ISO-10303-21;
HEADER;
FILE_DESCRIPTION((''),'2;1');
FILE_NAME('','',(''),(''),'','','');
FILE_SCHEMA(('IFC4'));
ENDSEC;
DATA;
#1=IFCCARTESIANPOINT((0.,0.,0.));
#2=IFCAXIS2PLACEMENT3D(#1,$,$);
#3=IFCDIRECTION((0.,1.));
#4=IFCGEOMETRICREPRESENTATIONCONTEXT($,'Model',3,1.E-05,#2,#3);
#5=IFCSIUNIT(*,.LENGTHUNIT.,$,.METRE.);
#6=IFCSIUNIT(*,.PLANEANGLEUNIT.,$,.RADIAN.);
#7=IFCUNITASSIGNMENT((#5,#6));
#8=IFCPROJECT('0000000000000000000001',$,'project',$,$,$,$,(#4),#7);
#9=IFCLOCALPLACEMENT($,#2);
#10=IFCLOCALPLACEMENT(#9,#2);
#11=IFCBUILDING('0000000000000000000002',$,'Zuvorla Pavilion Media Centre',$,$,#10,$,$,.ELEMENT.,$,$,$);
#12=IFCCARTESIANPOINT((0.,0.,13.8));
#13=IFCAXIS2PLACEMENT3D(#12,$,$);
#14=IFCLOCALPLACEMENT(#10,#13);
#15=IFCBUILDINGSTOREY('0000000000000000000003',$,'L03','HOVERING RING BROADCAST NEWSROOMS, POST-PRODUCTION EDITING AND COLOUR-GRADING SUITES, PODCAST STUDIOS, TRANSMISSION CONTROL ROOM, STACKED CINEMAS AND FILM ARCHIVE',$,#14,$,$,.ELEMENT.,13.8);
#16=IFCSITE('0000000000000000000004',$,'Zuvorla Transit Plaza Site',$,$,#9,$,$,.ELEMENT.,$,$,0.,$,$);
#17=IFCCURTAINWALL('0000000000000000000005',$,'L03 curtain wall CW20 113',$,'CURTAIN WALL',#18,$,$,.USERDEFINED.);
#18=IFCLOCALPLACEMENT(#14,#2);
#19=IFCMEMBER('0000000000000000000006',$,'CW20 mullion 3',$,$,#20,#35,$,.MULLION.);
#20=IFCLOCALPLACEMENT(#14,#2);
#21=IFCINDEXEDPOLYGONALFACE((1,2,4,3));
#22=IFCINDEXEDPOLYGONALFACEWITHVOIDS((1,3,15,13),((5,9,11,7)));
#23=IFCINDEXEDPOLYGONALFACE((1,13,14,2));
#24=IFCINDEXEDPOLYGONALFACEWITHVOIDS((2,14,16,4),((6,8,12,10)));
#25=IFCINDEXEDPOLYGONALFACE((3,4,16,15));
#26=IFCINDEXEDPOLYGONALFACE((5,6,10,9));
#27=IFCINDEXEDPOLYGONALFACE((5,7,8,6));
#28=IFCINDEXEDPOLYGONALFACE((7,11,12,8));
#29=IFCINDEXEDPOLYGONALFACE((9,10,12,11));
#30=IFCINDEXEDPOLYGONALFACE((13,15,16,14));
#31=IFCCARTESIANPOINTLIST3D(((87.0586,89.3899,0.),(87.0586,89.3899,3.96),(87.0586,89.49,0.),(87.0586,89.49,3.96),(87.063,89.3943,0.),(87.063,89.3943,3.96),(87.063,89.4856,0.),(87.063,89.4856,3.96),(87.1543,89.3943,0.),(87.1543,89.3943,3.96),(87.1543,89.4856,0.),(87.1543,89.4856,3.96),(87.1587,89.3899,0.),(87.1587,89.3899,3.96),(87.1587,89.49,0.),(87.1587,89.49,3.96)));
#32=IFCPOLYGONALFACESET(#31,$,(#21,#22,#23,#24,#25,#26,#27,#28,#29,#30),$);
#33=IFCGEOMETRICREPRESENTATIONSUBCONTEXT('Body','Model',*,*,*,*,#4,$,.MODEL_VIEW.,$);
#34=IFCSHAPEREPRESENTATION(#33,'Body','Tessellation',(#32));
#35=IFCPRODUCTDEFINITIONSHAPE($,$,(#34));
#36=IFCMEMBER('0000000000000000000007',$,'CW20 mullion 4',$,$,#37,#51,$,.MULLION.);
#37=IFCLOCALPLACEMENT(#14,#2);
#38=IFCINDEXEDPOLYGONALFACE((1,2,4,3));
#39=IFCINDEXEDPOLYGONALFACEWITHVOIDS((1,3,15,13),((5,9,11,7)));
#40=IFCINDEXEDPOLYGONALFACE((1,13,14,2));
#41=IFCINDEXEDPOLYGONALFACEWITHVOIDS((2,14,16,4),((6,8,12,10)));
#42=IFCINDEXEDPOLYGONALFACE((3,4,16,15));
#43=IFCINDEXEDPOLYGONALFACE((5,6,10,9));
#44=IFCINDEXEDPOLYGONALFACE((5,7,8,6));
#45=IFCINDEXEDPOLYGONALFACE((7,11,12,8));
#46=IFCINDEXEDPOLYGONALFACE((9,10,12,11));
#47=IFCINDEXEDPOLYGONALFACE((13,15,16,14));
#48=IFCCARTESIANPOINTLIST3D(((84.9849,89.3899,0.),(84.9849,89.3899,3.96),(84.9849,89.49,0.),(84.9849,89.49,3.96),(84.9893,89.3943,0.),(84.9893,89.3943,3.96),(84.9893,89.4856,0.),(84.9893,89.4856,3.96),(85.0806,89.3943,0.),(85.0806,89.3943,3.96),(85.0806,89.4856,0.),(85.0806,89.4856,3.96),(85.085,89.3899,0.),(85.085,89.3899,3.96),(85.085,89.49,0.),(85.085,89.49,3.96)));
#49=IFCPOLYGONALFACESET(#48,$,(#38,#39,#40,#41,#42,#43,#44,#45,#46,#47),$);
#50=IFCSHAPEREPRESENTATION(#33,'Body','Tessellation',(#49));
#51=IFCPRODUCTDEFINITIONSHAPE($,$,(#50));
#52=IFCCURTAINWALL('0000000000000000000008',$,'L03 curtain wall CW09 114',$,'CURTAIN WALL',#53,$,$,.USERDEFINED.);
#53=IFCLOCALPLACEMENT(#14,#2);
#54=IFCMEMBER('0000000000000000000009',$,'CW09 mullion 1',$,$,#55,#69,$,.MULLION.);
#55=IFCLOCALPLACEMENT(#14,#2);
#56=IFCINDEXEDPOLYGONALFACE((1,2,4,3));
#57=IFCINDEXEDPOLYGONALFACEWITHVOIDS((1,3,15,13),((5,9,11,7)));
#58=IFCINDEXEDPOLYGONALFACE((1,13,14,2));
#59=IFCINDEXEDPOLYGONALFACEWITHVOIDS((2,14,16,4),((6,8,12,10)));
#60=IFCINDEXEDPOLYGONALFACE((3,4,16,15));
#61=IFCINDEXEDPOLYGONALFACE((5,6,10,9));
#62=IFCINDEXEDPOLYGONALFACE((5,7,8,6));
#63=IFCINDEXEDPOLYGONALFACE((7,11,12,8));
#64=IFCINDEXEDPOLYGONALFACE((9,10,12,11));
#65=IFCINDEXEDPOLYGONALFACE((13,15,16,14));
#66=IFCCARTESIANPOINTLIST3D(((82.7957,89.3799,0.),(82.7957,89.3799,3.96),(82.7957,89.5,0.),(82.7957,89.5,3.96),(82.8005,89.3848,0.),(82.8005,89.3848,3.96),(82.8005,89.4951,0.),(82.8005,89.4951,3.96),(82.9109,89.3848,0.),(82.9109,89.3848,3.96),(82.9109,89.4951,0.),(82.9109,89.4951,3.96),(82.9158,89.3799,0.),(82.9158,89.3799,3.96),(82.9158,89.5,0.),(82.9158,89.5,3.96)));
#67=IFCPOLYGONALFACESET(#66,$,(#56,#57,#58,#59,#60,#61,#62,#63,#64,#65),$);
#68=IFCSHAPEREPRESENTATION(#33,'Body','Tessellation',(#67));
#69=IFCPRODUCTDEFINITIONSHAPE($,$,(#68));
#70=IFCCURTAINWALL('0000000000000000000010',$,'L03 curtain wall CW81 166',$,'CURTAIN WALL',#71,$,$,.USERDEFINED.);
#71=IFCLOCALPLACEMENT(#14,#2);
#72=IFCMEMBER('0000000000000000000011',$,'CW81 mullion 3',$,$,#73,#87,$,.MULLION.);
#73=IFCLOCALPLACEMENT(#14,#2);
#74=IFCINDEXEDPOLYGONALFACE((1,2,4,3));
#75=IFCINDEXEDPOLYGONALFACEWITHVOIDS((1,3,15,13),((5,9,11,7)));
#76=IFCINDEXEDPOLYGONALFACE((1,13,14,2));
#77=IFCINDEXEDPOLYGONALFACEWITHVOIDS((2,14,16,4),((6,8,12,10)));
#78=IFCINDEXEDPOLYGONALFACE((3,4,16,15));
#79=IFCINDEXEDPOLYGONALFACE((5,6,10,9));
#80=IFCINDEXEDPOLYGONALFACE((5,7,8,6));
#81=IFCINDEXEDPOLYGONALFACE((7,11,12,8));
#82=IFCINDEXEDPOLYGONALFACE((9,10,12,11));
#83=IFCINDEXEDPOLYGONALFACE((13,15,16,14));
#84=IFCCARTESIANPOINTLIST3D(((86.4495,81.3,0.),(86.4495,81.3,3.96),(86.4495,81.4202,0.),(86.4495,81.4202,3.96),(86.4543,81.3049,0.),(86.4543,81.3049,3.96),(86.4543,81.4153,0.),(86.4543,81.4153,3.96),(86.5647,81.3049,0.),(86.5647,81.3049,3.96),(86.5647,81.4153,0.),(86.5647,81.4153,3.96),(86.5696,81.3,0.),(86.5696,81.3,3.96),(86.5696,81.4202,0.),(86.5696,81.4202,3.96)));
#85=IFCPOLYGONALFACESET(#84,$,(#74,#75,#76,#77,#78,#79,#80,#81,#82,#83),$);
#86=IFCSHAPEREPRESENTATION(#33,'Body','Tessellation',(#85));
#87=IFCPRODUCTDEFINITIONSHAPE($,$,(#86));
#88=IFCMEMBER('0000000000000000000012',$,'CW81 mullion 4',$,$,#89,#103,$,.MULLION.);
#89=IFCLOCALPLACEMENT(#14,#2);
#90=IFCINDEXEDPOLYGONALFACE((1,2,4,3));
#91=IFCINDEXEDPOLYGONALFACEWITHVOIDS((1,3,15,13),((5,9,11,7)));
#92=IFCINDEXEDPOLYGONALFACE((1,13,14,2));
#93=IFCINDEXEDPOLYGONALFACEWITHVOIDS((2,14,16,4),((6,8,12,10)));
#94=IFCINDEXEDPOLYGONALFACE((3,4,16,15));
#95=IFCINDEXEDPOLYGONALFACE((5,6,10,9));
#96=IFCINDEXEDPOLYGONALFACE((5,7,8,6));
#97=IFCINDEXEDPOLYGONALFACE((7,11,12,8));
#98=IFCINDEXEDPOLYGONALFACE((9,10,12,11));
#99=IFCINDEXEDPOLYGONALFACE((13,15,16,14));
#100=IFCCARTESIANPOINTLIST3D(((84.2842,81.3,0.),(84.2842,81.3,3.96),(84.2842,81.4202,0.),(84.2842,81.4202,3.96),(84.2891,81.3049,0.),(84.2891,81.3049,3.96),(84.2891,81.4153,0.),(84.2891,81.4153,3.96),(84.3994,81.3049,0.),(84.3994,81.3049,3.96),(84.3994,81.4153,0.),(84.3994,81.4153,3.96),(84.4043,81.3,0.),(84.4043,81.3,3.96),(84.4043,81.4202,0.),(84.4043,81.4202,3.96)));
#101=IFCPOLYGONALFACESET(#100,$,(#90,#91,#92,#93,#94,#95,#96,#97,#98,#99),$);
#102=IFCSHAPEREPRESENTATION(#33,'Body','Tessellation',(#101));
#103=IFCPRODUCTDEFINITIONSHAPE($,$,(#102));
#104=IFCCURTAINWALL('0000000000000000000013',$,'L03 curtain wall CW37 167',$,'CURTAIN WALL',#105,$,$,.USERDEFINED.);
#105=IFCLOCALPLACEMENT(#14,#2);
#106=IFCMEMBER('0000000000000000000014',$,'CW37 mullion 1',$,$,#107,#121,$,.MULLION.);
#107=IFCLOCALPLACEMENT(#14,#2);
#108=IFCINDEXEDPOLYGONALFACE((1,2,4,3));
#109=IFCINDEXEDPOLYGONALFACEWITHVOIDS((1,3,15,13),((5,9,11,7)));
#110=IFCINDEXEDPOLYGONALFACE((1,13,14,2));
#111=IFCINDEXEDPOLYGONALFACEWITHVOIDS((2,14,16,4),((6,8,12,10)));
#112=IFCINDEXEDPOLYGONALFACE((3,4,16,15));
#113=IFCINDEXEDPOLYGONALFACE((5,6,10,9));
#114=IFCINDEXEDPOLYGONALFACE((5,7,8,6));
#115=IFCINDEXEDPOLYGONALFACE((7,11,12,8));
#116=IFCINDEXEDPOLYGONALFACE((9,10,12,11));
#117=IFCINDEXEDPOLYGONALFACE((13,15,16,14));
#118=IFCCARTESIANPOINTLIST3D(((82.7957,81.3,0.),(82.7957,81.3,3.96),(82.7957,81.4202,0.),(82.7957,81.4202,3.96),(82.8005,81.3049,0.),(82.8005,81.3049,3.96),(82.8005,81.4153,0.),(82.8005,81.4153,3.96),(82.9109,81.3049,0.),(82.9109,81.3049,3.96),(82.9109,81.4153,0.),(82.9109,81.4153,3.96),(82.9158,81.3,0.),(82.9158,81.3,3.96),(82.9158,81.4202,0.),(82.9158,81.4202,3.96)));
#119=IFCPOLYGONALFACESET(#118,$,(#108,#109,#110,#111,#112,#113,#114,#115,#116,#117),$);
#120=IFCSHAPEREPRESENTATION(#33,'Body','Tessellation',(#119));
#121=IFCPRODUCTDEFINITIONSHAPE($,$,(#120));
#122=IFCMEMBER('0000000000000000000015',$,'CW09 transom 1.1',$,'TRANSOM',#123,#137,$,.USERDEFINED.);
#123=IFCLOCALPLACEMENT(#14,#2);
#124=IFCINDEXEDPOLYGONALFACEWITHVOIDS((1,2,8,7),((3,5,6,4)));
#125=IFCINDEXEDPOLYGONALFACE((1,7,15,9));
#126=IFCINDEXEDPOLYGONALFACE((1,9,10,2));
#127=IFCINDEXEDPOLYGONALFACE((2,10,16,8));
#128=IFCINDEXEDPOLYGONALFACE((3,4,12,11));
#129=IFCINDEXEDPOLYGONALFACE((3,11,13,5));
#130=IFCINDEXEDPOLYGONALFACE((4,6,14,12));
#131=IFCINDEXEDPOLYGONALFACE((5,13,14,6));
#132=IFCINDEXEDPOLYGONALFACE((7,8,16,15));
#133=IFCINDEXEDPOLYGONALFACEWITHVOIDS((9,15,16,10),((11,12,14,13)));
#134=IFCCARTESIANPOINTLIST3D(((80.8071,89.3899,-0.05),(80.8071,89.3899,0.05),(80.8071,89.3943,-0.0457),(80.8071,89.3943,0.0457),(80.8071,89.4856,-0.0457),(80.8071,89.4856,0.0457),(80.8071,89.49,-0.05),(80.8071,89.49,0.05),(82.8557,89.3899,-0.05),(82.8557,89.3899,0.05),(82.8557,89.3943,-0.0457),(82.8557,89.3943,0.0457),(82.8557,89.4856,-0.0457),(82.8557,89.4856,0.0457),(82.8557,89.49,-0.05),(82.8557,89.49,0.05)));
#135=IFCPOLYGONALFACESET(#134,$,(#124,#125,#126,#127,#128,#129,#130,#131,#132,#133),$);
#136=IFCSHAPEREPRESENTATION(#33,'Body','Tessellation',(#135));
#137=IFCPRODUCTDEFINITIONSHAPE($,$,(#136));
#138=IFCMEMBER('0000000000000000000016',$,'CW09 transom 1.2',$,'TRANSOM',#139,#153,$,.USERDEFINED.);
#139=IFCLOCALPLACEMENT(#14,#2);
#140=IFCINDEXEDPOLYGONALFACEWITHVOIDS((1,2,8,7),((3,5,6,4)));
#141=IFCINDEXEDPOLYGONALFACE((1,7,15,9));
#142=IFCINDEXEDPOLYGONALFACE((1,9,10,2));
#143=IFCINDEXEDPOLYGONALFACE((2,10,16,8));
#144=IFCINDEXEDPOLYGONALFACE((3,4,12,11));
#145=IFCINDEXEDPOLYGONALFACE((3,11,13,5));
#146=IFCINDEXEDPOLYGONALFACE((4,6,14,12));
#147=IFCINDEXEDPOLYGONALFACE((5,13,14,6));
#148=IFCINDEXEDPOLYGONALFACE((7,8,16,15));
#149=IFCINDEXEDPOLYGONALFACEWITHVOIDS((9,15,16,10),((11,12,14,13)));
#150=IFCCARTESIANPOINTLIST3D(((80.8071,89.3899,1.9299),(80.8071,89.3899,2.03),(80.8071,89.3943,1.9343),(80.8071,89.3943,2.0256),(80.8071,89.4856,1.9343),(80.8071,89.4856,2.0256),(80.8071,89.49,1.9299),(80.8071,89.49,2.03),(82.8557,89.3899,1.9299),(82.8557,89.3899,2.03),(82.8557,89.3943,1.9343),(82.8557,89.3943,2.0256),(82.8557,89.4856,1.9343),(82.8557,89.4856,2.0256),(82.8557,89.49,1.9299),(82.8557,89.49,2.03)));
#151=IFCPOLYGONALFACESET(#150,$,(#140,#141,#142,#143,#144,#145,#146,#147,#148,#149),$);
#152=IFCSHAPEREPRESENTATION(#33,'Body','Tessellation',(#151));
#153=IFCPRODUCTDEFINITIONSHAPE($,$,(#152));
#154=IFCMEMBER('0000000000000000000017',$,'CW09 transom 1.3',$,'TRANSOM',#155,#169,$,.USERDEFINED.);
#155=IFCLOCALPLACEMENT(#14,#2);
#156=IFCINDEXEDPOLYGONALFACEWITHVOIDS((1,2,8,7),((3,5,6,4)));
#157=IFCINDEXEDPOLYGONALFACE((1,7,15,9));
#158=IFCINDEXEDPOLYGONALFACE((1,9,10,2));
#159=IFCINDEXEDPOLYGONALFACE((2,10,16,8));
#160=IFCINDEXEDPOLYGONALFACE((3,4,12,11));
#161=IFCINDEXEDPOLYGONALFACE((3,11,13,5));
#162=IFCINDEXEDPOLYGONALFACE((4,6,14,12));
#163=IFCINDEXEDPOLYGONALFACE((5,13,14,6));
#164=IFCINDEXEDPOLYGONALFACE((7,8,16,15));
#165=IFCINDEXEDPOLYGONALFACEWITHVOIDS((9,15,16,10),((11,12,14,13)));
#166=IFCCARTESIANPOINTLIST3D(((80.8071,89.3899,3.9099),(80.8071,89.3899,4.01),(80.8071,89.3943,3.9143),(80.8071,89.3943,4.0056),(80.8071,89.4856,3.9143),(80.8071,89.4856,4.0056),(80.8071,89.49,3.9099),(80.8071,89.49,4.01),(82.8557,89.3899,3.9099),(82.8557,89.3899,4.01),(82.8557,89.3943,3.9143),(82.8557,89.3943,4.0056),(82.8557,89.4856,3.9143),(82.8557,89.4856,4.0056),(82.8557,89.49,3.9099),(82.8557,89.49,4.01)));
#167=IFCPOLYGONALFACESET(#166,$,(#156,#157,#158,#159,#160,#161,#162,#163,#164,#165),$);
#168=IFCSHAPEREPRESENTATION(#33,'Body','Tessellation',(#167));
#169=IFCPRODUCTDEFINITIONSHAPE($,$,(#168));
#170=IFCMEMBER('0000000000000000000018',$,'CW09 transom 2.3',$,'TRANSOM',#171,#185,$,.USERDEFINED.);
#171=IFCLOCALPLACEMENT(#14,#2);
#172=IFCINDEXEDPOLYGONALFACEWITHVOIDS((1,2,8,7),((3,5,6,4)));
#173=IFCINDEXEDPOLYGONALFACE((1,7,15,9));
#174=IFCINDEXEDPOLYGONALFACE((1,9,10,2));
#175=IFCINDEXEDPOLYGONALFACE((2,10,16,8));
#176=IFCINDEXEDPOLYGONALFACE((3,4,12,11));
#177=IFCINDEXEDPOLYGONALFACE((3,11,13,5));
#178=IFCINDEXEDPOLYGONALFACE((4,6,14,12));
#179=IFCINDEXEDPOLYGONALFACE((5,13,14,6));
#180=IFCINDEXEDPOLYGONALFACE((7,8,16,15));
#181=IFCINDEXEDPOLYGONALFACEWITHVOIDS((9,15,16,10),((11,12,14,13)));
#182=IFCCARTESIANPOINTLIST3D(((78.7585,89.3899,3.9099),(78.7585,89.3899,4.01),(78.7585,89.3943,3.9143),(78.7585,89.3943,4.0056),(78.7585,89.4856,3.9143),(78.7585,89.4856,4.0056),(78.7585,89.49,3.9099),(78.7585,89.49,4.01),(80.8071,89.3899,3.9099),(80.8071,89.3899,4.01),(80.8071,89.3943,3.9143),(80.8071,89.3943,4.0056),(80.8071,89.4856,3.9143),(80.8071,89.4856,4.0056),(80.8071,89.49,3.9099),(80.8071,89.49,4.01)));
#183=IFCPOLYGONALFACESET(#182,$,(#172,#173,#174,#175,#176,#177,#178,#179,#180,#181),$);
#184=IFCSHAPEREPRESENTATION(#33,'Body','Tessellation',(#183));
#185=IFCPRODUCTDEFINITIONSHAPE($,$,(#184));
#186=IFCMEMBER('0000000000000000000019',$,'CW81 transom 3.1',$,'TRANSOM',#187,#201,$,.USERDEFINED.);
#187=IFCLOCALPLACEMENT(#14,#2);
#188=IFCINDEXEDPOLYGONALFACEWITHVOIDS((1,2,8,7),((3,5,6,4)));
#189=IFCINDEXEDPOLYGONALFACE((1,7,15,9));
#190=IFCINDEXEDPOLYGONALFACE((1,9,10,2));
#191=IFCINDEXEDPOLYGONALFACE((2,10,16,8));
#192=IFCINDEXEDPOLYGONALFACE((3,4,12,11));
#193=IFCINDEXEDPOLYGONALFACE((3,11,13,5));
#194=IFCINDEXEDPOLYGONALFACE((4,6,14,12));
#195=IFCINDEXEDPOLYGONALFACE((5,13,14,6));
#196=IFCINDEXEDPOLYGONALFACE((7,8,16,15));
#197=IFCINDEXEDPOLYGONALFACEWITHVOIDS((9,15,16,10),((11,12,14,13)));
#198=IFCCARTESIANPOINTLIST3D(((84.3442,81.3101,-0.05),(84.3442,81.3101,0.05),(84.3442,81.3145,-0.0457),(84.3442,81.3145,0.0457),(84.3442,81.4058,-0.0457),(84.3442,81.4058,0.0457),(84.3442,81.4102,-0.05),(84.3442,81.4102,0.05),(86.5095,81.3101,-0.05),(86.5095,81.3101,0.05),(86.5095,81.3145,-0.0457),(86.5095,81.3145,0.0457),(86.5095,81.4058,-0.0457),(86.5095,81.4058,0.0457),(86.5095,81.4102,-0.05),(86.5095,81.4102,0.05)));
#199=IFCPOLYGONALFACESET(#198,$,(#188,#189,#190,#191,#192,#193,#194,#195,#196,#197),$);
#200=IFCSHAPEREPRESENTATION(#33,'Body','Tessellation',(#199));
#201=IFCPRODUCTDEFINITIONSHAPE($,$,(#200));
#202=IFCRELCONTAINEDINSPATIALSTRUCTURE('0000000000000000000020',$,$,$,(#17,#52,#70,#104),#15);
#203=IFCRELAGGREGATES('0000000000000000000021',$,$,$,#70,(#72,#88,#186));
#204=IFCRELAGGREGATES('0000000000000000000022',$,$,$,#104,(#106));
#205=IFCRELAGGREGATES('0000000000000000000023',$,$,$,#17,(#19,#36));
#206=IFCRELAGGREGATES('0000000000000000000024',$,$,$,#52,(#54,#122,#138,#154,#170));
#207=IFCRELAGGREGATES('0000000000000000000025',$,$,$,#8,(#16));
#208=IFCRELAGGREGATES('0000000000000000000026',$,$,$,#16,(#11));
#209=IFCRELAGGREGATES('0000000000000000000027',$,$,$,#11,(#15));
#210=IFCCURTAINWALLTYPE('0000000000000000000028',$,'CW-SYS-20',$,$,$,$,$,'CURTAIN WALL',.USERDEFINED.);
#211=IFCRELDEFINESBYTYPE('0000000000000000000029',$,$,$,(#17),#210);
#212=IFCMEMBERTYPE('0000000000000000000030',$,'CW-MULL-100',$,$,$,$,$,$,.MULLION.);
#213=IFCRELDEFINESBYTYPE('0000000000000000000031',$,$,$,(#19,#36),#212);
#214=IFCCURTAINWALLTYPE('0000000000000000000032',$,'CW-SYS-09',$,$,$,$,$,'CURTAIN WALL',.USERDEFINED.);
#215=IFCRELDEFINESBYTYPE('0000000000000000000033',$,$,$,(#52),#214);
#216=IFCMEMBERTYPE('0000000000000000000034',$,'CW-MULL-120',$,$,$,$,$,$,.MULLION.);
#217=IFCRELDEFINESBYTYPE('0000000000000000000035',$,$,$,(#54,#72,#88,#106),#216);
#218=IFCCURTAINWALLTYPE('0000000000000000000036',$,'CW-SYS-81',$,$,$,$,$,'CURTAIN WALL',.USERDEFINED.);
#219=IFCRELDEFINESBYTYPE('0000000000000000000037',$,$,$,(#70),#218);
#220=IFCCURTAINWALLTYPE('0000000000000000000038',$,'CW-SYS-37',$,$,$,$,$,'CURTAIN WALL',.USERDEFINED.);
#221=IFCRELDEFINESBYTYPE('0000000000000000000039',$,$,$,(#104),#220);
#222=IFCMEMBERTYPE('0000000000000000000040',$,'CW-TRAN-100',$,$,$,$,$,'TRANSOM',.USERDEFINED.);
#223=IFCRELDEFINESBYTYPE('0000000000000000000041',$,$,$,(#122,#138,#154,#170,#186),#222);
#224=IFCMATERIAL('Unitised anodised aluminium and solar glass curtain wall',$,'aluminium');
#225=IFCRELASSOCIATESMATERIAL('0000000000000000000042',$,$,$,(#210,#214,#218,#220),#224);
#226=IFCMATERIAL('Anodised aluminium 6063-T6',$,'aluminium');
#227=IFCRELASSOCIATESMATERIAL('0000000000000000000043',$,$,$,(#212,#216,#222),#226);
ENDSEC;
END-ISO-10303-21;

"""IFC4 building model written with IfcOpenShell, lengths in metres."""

from ifc_helpers import new_model, si_unit, direction, frame, origin, origin_2d, place, context, subcontext, project, spatial, hollow_rectangle, extrude, material, material_profile, profile_set, type_object, element, aggregate, save


model = new_model("IFC4")

# Units and contexts
model_context = context("Model", 3, precision=1e-05, world=origin(), true_north=direction((0.0, 1.0)))
body_context = subcontext(model_context, "Body", "Model", "MODEL_VIEW")
ifc_project = project(units=[si_unit("LENGTHUNIT", "METRE"), si_unit("PLANEANGLEUNIT", "RADIAN")], contexts=[model_context])

# Site, building, storey
site_placement = place(None, origin())
site = spatial("IfcSite", under=ifc_project, at=site_placement, Name="Zuvorla Transit Plaza Site", CompositionType="ELEMENT", RefElevation=0.0)
building_placement = place(site_placement, origin())
building = spatial("IfcBuilding", under=site, at=building_placement, Name="Zuvorla Pavilion Media Centre", CompositionType="ELEMENT")
storey_placement = place(building_placement, frame((0.0, 0.0, 13.8)))
storey = spatial("IfcBuildingStorey", under=building, at=storey_placement, Name="L03", Description="HOVERING RING BROADCAST NEWSROOMS, POST-PRODUCTION EDITING AND COLOUR-GRADING SUITES, PODCAST STUDIOS, TRANSMISSION CONTROL ROOM, STACKED CINEMAS AND FILM ARCHIVE", CompositionType="ELEMENT", Elevation=13.8)

# Curtain wall, members
ifc_material_1 = material(Name="Unitised anodised aluminium and solar glass curtain wall", Category="aluminium")
curtain_wall_type_1 = type_object("IfcCurtainWallType", Name="CW-SYS-20", ElementType="CURTAIN WALL", PredefinedType="USERDEFINED", material=ifc_material_1)
curtain_wall_1_placement = place(storey_placement, origin())
curtain_wall_1 = element("IfcCurtainWall", 1, at=curtain_wall_1_placement, inside=storey, type_object=curtain_wall_type_1, Name="L03 curtain wall CW20 113", ObjectType="CURTAIN WALL", PredefinedType="USERDEFINED")
ifc_material_2 = material(Name="Anodised aluminium 6063-T6", Category="aluminium")
ifc_material_profile_1 = material_profile(ifc_material_2, hollow_rectangle(XDim=0.1001, YDim=0.1001, WallThickness=0.0044, at=origin_2d()), Name="ALU MULL 100x100")
ifc_profile_set_1 = profile_set([ifc_material_profile_1], Name="Anodised aluminium 6063-T6")
member_type_1 = type_object("IfcMemberType", Name="CW-MULL-100", PredefinedType="MULLION", material=ifc_profile_set_1)
member_1_placement = place(storey_placement, frame((87.1086, 89.4399, 0.0), z_axis=(0.0, 0.0, 1.0), x_axis=(1.0, 0.0, 0.0)))
member_1 = element("IfcMember", 2, at=member_1_placement, type_object=member_type_1, Name="CW20 mullion 3", PredefinedType="MULLION", context=body_context, shape_type="SweptSolid", body=[
    extrude(hollow_rectangle(XDim=0.1001, YDim=0.1001, WallThickness=0.0044, at=origin_2d()), origin(), (0.0, 0.0, 1.0), 3.96),
])
member_2_placement = place(storey_placement, frame((85.0349, 89.4399, 0.0), z_axis=(0.0, 0.0, 1.0), x_axis=(1.0, 0.0, 0.0)))
member_2 = element("IfcMember", 3, at=member_2_placement, type_object=member_type_1, Name="CW20 mullion 4", PredefinedType="MULLION", context=body_context, shape_type="SweptSolid", body=[
    extrude(hollow_rectangle(XDim=0.1001, YDim=0.1001, WallThickness=0.0044, at=origin_2d()), origin(), (0.0, 0.0, 1.0), 3.96),
])

# Curtain wall, member
curtain_wall_type_2 = type_object("IfcCurtainWallType", Name="CW-SYS-09", ElementType="CURTAIN WALL", PredefinedType="USERDEFINED", material=ifc_material_1)
curtain_wall_2_placement = place(storey_placement, origin())
curtain_wall_2 = element("IfcCurtainWall", 4, at=curtain_wall_2_placement, inside=storey, type_object=curtain_wall_type_2, Name="L03 curtain wall CW09 114", ObjectType="CURTAIN WALL", PredefinedType="USERDEFINED")
ifc_material_profile_2 = material_profile(ifc_material_2, hollow_rectangle(XDim=0.1201, YDim=0.1201, WallThickness=0.0049, at=origin_2d()), Name="ALU MULL 120x120")
ifc_profile_set_2 = profile_set([ifc_material_profile_2], Name="Anodised aluminium 6063-T6")
member_type_2 = type_object("IfcMemberType", Name="CW-MULL-120", PredefinedType="MULLION", material=ifc_profile_set_2)
member_3_placement = place(storey_placement, frame((82.8557, 89.4399, 0.0), z_axis=(0.0, 0.0, 1.0), x_axis=(1.0, 0.0, 0.0)))
member_3 = element("IfcMember", 5, at=member_3_placement, type_object=member_type_2, Name="CW09 mullion 1", PredefinedType="MULLION", context=body_context, shape_type="SweptSolid", body=[
    extrude(hollow_rectangle(XDim=0.1201, YDim=0.1201, WallThickness=0.0049, at=origin_2d()), origin(), (0.0, 0.0, 1.0), 3.96),
])

# Curtain wall, members
curtain_wall_type_3 = type_object("IfcCurtainWallType", Name="CW-SYS-81", ElementType="CURTAIN WALL", PredefinedType="USERDEFINED", material=ifc_material_1)
curtain_wall_3_placement = place(storey_placement, origin())
curtain_wall_3 = element("IfcCurtainWall", 6, at=curtain_wall_3_placement, inside=storey, type_object=curtain_wall_type_3, Name="L03 curtain wall CW81 166", ObjectType="CURTAIN WALL", PredefinedType="USERDEFINED")
member_4_placement = place(storey_placement, frame((86.5095, 81.3601, 0.0), z_axis=(0.0, 0.0, 1.0), x_axis=(1.0, 0.0, 0.0)))
member_4 = element("IfcMember", 7, at=member_4_placement, type_object=member_type_2, Name="CW81 mullion 3", PredefinedType="MULLION", context=body_context, shape_type="SweptSolid", body=[
    extrude(hollow_rectangle(XDim=0.1201, YDim=0.1201, WallThickness=0.0049, at=origin_2d()), origin(), (0.0, 0.0, 1.0), 3.96),
])
member_5_placement = place(storey_placement, frame((84.3442, 81.3601, 0.0), z_axis=(0.0, 0.0, 1.0), x_axis=(1.0, 0.0, 0.0)))
member_5 = element("IfcMember", 8, at=member_5_placement, type_object=member_type_2, Name="CW81 mullion 4", PredefinedType="MULLION", context=body_context, shape_type="SweptSolid", body=[
    extrude(hollow_rectangle(XDim=0.1201, YDim=0.1201, WallThickness=0.0049, at=origin_2d()), origin(), (0.0, 0.0, 1.0), 3.96),
])

# Curtain wall, member
curtain_wall_type_4 = type_object("IfcCurtainWallType", Name="CW-SYS-37", ElementType="CURTAIN WALL", PredefinedType="USERDEFINED", material=ifc_material_1)
curtain_wall_4_placement = place(storey_placement, origin())
curtain_wall_4 = element("IfcCurtainWall", 9, at=curtain_wall_4_placement, inside=storey, type_object=curtain_wall_type_4, Name="L03 curtain wall CW37 167", ObjectType="CURTAIN WALL", PredefinedType="USERDEFINED")
member_6_placement = place(storey_placement, frame((82.8557, 81.3601, 0.0), z_axis=(0.0, 0.0, 1.0), x_axis=(1.0, 0.0, 0.0)))
member_6 = element("IfcMember", 10, at=member_6_placement, type_object=member_type_2, Name="CW37 mullion 1", PredefinedType="MULLION", context=body_context, shape_type="SweptSolid", body=[
    extrude(hollow_rectangle(XDim=0.1201, YDim=0.1201, WallThickness=0.0049, at=origin_2d()), origin(), (0.0, 0.0, 1.0), 3.96),
])

# Members
ifc_material_profile_3 = material_profile(ifc_material_2, hollow_rectangle(XDim=0.1001, YDim=0.1001, WallThickness=0.0044, at=origin_2d()), Name="ALU TRAN 100x100")
ifc_profile_set_3 = profile_set([ifc_material_profile_3], Name="Anodised aluminium 6063-T6")
member_type_3 = type_object("IfcMemberType", Name="CW-TRAN-100", ElementType="TRANSOM", PredefinedType="USERDEFINED", material=ifc_profile_set_3)
member_7_placement = place(storey_placement, frame((82.8557, 89.4399, 0.0), z_axis=(-1.0, 0.0, 0.0), x_axis=(0.0, -1.0, 0.0)))
member_7 = element("IfcMember", 11, at=member_7_placement, type_object=member_type_3, Name="CW09 transom 1.1", ObjectType="TRANSOM", PredefinedType="USERDEFINED", context=body_context, shape_type="SweptSolid", body=[
    extrude(hollow_rectangle(XDim=0.1001, YDim=0.1001, WallThickness=0.0044, at=origin_2d()), origin(), (0.0, 0.0, 1.0), 2.0486),
])
member_8_placement = place(storey_placement, frame((82.8557, 89.4399, 1.98), z_axis=(-1.0, 0.0, 0.0), x_axis=(0.0, -1.0, 0.0)))
member_8 = element("IfcMember", 12, at=member_8_placement, type_object=member_type_3, Name="CW09 transom 1.2", ObjectType="TRANSOM", PredefinedType="USERDEFINED", context=body_context, shape_type="SweptSolid", body=[
    extrude(hollow_rectangle(XDim=0.1001, YDim=0.1001, WallThickness=0.0044, at=origin_2d()), origin(), (0.0, 0.0, 1.0), 2.0486),
])
member_9_placement = place(storey_placement, frame((82.8557, 89.4399, 3.96), z_axis=(-1.0, 0.0, 0.0), x_axis=(0.0, -1.0, 0.0)))
member_9 = element("IfcMember", 13, at=member_9_placement, type_object=member_type_3, Name="CW09 transom 1.3", ObjectType="TRANSOM", PredefinedType="USERDEFINED", context=body_context, shape_type="SweptSolid", body=[
    extrude(hollow_rectangle(XDim=0.1001, YDim=0.1001, WallThickness=0.0044, at=origin_2d()), origin(), (0.0, 0.0, 1.0), 2.0486),
])
member_10_placement = place(storey_placement, frame((80.8071, 89.4399, 3.96), z_axis=(-1.0, 0.0, 0.0), x_axis=(0.0, -1.0, 0.0)))
member_10 = element("IfcMember", 14, at=member_10_placement, type_object=member_type_3, Name="CW09 transom 2.3", ObjectType="TRANSOM", PredefinedType="USERDEFINED", context=body_context, shape_type="SweptSolid", body=[
    extrude(hollow_rectangle(XDim=0.1001, YDim=0.1001, WallThickness=0.0044, at=origin_2d()), origin(), (0.0, 0.0, 1.0), 2.0486),
])
member_11_placement = place(storey_placement, frame((86.5095, 81.3601, 0.0), z_axis=(-1.0, 0.0, 0.0), x_axis=(0.0, -1.0, 0.0)))
member_11 = element("IfcMember", 15, at=member_11_placement, type_object=member_type_3, Name="CW81 transom 3.1", ObjectType="TRANSOM", PredefinedType="USERDEFINED", context=body_context, shape_type="SweptSolid", body=[
    extrude(hollow_rectangle(XDim=0.1001, YDim=0.1001, WallThickness=0.0044, at=origin_2d()), origin(), (0.0, 0.0, 1.0), 2.1653),
])

aggregate(curtain_wall_3, [member_4, member_5, member_11])
aggregate(curtain_wall_4, [member_6])
aggregate(curtain_wall_1, [member_1, member_2])
aggregate(curtain_wall_2, [member_3, member_7, member_8, member_9, member_10])

save(model, "model.ifc")
